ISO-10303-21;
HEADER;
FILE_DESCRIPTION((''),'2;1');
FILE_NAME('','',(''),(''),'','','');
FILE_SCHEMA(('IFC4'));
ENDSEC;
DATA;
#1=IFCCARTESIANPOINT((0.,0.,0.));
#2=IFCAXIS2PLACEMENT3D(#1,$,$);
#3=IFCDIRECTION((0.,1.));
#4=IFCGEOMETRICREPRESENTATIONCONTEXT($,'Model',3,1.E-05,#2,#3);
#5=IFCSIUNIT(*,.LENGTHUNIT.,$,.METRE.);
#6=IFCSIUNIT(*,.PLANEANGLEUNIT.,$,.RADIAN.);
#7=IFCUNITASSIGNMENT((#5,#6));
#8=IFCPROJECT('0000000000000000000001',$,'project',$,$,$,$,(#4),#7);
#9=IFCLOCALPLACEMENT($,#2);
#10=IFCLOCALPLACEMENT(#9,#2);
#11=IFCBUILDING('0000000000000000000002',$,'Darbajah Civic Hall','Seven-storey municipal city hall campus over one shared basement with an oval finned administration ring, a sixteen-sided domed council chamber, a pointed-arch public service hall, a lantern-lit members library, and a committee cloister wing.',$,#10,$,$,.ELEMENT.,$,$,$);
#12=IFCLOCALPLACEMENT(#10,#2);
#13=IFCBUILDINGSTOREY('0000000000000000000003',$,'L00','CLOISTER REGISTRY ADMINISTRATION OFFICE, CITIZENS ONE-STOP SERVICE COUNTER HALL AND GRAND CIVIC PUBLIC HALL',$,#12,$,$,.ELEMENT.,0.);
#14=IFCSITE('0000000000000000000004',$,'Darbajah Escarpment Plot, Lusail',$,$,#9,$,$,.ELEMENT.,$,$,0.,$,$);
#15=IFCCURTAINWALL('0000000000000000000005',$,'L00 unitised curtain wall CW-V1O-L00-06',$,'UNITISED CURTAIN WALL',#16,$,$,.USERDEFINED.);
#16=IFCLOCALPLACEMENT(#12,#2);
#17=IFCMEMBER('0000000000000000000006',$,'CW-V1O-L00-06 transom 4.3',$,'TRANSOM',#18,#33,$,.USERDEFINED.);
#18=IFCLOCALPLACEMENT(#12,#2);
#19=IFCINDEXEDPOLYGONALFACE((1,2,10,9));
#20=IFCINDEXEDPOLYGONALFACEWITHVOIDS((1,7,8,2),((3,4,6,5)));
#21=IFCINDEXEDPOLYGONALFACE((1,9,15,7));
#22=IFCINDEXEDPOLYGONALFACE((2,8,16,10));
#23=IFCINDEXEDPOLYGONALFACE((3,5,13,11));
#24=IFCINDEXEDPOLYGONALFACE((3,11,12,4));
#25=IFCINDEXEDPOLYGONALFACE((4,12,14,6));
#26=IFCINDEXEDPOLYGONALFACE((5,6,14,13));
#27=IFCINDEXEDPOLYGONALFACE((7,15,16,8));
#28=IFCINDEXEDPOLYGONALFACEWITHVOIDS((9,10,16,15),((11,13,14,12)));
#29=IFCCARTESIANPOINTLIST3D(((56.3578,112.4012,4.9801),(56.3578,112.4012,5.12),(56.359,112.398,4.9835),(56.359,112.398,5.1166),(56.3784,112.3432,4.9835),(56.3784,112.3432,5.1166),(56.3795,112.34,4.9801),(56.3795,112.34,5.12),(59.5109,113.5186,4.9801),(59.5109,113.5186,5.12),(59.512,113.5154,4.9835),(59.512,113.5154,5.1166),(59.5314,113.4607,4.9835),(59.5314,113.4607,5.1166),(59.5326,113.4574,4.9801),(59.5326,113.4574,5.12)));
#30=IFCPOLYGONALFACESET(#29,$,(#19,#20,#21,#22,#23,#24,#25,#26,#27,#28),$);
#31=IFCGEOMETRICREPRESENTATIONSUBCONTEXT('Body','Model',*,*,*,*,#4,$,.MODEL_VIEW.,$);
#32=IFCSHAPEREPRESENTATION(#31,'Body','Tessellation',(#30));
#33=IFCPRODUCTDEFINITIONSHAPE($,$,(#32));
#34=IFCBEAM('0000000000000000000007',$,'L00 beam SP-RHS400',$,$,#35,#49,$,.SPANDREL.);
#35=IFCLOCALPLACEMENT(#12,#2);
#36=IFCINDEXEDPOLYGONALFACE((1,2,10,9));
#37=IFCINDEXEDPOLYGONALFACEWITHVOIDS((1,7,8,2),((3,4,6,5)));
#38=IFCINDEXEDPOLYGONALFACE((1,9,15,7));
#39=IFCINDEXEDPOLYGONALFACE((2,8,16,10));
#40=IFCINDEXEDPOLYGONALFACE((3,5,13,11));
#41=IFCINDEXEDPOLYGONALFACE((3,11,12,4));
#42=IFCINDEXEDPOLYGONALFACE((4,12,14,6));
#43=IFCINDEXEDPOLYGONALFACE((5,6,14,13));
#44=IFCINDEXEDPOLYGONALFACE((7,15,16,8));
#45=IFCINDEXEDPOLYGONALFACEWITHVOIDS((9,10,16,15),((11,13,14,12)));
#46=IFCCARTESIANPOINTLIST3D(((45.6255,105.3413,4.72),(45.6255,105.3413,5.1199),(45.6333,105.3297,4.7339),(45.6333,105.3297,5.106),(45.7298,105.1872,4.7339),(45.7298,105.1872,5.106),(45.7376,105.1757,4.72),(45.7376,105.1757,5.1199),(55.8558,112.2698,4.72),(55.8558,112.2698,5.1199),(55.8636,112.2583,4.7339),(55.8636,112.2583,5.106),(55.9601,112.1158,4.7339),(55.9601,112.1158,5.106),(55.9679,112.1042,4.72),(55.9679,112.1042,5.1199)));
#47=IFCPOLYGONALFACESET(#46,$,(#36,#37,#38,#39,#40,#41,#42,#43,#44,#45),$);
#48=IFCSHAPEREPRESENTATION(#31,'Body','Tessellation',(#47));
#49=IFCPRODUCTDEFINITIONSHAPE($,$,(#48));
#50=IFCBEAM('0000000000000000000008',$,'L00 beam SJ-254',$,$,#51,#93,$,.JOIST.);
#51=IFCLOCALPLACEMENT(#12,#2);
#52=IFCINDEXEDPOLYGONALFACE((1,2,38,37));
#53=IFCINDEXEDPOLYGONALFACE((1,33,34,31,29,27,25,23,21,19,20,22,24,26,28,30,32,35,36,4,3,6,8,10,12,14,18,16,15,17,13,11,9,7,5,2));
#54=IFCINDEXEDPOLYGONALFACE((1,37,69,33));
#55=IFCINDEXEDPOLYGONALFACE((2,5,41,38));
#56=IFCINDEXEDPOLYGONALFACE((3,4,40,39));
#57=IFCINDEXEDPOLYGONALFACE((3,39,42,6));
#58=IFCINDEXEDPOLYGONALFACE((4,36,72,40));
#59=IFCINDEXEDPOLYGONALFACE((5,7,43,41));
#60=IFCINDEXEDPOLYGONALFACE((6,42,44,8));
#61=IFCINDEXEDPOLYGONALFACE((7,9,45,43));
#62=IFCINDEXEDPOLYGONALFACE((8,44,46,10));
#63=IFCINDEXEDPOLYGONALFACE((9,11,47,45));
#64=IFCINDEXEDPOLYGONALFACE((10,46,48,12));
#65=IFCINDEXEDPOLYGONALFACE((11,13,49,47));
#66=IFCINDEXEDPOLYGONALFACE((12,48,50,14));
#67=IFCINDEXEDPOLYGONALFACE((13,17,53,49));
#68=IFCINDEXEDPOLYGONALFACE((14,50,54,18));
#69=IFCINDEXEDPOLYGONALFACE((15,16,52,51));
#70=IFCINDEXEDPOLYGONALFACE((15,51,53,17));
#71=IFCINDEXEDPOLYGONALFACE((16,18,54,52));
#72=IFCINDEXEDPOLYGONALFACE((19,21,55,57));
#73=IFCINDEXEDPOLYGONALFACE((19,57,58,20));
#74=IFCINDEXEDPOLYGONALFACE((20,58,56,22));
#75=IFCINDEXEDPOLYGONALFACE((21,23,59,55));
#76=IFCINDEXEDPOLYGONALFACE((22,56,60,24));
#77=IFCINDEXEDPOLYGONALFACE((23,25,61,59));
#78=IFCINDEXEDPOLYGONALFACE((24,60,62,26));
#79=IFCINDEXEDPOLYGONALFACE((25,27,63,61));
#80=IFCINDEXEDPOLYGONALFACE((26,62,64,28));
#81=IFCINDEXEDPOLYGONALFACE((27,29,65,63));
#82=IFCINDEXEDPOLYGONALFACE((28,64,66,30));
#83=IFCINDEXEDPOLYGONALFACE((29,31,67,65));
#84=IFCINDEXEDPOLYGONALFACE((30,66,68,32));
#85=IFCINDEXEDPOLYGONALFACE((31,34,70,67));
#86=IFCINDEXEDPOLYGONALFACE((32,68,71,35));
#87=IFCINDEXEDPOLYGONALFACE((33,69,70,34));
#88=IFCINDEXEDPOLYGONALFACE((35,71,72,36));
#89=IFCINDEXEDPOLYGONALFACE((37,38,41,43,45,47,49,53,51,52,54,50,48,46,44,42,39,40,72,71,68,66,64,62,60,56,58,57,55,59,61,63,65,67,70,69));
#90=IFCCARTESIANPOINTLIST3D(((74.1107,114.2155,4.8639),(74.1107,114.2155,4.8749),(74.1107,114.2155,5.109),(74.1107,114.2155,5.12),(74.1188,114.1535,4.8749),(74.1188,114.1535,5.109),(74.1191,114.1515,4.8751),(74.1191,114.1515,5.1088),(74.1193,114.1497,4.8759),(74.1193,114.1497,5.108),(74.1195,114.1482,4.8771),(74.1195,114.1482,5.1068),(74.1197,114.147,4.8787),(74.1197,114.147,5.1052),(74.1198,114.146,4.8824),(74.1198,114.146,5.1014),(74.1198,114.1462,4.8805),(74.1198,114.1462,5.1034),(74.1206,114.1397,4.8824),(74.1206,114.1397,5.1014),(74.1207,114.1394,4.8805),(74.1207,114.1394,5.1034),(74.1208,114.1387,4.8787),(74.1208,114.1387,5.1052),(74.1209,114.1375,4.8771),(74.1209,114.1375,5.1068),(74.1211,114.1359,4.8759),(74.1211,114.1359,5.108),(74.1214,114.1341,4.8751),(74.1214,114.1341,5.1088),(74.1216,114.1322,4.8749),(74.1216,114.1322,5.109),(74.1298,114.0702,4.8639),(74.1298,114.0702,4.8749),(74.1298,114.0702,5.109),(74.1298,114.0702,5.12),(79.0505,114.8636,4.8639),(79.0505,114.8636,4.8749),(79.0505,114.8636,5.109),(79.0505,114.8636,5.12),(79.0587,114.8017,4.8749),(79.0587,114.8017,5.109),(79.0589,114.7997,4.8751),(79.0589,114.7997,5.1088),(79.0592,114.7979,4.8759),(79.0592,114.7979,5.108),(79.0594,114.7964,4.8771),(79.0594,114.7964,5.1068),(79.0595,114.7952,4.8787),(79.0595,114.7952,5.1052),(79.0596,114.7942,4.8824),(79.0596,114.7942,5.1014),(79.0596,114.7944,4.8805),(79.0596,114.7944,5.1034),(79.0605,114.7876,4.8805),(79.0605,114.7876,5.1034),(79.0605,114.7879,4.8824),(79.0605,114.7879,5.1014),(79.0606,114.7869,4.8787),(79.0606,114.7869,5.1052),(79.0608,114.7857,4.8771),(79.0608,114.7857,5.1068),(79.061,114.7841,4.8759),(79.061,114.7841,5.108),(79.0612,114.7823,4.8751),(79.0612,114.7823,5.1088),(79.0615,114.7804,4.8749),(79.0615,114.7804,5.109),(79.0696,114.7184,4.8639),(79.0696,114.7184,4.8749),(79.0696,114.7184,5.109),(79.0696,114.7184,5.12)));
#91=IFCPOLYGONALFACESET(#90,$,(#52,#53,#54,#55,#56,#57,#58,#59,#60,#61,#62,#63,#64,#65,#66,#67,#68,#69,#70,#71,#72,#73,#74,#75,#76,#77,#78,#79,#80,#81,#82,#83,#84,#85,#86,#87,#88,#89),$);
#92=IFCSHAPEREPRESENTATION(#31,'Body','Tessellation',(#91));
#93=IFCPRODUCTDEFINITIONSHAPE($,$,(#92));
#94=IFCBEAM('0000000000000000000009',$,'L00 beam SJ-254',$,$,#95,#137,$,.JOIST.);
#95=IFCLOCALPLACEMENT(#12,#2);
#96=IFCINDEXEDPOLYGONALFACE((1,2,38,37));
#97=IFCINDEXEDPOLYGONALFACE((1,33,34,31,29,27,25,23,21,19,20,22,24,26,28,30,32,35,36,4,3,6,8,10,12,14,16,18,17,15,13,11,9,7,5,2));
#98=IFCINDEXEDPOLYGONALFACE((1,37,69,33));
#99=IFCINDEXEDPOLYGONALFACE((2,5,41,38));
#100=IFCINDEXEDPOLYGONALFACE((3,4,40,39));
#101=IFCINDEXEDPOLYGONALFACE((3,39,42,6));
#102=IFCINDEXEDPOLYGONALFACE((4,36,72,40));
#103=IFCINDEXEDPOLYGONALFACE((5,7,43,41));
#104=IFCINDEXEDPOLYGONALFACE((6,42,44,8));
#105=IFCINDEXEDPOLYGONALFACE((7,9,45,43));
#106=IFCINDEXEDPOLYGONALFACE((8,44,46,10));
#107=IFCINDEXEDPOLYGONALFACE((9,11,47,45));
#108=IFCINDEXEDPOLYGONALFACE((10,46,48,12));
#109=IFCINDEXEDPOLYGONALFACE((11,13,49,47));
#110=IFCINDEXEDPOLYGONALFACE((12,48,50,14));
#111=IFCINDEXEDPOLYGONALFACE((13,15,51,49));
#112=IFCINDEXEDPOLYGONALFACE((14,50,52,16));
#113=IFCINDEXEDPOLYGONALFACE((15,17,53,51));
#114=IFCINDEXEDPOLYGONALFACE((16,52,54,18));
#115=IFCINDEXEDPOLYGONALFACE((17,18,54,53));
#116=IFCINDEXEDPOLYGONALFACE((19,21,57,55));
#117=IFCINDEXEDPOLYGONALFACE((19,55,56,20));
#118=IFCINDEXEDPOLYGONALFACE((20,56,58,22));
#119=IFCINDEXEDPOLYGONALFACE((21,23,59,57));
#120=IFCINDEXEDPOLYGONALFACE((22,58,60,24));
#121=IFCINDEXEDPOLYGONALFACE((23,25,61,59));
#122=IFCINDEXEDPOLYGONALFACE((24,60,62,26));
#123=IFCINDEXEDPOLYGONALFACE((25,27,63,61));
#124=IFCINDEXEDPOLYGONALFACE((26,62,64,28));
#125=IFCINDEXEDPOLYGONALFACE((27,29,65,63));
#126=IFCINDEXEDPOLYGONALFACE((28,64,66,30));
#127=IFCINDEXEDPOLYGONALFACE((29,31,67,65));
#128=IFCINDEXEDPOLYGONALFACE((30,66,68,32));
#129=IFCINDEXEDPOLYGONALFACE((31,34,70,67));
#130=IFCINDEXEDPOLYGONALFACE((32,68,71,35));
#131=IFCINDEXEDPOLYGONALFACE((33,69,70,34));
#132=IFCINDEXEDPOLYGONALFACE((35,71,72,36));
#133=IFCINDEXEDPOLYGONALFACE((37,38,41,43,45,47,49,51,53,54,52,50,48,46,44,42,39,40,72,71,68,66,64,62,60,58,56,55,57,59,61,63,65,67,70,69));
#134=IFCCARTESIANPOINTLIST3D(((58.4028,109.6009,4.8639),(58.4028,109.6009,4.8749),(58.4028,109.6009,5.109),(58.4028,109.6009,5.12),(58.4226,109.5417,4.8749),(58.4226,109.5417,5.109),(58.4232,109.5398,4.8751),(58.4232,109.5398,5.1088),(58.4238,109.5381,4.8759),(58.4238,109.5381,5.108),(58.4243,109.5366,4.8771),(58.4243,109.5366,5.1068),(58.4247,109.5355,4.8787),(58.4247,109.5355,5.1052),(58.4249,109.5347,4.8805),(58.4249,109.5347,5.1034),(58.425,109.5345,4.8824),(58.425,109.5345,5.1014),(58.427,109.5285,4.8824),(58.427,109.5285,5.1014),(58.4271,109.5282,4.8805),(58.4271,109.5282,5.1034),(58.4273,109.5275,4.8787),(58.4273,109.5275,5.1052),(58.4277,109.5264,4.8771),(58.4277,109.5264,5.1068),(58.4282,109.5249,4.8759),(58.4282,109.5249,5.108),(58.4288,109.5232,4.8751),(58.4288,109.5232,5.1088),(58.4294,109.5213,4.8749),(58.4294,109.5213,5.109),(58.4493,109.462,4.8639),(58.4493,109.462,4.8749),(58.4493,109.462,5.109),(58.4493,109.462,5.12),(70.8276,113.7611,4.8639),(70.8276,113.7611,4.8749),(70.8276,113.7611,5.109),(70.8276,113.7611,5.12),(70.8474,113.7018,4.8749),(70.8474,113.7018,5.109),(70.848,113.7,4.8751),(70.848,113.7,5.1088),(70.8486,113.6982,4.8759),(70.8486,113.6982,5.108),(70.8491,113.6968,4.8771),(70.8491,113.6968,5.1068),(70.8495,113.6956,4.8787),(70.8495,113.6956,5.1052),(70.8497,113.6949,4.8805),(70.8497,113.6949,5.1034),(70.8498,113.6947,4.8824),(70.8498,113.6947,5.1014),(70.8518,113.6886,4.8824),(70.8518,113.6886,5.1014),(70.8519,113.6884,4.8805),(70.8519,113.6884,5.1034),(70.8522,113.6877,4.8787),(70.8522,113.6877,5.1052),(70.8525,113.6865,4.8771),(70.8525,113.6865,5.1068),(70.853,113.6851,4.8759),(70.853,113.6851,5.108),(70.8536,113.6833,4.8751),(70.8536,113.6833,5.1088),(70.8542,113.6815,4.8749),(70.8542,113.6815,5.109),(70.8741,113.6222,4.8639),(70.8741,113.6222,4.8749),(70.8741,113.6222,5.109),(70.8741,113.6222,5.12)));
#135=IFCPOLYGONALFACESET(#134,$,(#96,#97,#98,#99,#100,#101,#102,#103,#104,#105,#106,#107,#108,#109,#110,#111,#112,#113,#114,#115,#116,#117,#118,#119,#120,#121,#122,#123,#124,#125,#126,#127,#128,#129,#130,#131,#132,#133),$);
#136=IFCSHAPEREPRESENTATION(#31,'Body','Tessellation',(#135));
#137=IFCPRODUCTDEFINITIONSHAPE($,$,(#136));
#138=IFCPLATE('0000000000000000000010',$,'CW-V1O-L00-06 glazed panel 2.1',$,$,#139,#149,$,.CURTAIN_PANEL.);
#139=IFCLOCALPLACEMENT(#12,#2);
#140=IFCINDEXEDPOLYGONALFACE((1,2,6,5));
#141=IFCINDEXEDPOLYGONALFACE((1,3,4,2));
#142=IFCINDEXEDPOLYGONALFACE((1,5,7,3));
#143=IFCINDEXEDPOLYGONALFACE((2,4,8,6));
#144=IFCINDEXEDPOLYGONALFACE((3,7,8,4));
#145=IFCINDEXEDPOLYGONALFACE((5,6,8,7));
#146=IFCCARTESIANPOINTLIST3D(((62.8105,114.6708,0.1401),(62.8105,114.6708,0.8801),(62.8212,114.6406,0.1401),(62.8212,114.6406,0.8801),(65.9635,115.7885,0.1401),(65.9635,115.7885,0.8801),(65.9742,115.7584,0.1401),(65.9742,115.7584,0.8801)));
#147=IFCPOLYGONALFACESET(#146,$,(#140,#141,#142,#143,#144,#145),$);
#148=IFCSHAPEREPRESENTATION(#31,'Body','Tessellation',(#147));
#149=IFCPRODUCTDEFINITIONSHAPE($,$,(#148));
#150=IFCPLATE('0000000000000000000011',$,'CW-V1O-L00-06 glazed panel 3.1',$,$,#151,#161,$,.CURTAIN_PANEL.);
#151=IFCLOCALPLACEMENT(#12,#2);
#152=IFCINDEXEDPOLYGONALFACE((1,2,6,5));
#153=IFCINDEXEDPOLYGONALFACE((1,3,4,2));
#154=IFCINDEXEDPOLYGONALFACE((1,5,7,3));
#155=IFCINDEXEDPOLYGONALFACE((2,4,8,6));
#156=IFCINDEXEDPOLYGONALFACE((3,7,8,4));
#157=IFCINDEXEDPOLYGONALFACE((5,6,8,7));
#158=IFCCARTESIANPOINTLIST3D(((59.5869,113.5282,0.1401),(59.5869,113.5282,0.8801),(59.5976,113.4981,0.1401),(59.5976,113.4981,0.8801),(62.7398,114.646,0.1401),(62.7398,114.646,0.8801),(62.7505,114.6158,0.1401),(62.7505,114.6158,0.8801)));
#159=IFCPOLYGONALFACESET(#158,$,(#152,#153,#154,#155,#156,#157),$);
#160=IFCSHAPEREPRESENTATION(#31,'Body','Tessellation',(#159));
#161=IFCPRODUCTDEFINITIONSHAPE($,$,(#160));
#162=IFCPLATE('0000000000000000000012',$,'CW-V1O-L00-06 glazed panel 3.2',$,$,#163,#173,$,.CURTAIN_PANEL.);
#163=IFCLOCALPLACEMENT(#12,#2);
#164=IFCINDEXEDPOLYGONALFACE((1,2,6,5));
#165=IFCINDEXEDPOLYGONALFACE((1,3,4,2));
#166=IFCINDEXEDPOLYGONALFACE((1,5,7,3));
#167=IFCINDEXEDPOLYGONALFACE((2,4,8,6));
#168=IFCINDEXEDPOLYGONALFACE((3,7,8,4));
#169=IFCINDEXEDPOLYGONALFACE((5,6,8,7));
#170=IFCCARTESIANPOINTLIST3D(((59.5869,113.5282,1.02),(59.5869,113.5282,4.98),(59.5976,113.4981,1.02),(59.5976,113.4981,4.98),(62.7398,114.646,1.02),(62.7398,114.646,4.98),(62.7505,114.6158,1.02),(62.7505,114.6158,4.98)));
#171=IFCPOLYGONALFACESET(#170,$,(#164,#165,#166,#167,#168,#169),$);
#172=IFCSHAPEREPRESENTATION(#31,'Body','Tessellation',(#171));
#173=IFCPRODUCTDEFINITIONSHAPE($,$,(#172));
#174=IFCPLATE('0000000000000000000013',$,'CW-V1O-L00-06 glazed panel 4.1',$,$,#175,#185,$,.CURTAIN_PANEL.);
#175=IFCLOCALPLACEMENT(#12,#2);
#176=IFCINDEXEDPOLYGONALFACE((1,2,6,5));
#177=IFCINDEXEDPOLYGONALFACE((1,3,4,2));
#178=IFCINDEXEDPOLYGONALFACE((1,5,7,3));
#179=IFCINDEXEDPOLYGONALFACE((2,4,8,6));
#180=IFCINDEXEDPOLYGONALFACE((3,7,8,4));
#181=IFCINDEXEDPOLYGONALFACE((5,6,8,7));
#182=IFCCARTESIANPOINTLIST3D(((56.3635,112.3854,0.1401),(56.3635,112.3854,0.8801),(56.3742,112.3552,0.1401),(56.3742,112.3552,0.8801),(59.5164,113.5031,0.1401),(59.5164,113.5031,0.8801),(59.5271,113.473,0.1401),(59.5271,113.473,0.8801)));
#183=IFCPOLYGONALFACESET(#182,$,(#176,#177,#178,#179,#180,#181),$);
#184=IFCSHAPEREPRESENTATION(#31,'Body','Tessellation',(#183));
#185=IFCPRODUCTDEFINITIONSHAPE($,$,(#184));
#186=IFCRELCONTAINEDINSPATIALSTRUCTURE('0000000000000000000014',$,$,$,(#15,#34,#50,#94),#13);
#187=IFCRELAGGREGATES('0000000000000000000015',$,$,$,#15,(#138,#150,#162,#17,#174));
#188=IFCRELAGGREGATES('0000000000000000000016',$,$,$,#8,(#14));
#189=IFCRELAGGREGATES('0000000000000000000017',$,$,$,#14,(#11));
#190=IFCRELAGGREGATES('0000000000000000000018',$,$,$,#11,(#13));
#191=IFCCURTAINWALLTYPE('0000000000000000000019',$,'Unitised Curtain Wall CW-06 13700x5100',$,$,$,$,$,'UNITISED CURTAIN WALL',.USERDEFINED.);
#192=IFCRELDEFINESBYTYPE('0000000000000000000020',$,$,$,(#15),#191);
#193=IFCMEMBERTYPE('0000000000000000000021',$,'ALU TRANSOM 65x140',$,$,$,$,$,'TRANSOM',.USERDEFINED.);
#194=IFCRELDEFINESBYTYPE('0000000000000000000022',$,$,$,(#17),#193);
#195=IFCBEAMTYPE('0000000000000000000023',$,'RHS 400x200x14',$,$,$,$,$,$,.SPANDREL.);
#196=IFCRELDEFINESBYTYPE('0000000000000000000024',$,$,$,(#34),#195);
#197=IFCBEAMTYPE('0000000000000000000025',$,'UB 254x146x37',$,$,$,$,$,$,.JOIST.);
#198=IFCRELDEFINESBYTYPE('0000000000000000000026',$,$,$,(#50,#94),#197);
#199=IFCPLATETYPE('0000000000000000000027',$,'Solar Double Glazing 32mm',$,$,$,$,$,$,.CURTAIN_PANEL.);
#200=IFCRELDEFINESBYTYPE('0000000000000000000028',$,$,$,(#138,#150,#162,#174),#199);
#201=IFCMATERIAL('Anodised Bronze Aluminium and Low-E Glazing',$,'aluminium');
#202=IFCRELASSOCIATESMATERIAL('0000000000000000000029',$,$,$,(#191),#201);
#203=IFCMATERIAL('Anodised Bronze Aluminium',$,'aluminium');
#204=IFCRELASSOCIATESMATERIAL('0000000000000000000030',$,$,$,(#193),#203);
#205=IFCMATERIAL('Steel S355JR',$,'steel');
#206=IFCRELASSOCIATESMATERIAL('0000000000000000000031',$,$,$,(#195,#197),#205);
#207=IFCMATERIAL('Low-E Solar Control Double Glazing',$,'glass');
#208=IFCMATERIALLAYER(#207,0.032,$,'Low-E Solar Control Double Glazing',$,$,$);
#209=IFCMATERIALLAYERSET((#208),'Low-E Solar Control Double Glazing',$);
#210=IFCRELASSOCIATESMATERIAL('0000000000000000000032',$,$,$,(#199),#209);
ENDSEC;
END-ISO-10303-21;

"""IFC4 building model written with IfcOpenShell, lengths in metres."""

from ifc_helpers import new_model, si_unit, direction, frame, origin, origin_2d, place, context, subcontext, project, spatial, rectangle, hollow_rectangle, i_section, extrude, material, layer, layer_set, material_profile, profile_set, type_object, element, aggregate, save


model = new_model("IFC4")

# Units and contexts
model_context = context("Model", 3, precision=1e-05, world=origin(), true_north=direction((0.0, 1.0)))
body_context = subcontext(model_context, "Body", "Model", "MODEL_VIEW")
ifc_project = project(units=[si_unit("LENGTHUNIT", "METRE"), si_unit("PLANEANGLEUNIT", "RADIAN")], contexts=[model_context])

# Site, building, storey
site_placement = place(None, origin())
site = spatial("IfcSite", under=ifc_project, at=site_placement, Name="Darbajah Escarpment Plot, Lusail", CompositionType="ELEMENT", RefElevation=0.0)
building_placement = place(site_placement, origin())
building = spatial("IfcBuilding", under=site, at=building_placement, Name="Darbajah Civic Hall", Description="Seven-storey municipal city hall campus over one shared basement with an oval finned administration ring, a sixteen-sided domed council chamber, a pointed-arch public service hall, a lantern-lit members library, and a committee cloister wing.", CompositionType="ELEMENT")
storey_placement = place(building_placement, origin())
storey = spatial("IfcBuildingStorey", under=building, at=storey_placement, Name="L00", Description="CLOISTER REGISTRY ADMINISTRATION OFFICE, CITIZENS ONE-STOP SERVICE COUNTER HALL AND GRAND CIVIC PUBLIC HALL", CompositionType="ELEMENT", Elevation=0.0)

# Shared definitions
ifc_material_1 = material(Name="Anodised Bronze Aluminium and Low-E Glazing", Category="aluminium")
ifc_material_2 = material(Name="Anodised Bronze Aluminium", Category="aluminium")

# Curtain wall, member
curtain_wall_type_1 = type_object("IfcCurtainWallType", Name="Unitised Curtain Wall CW-06 13700x5100", ElementType="UNITISED CURTAIN WALL", PredefinedType="USERDEFINED", material=ifc_material_1)
curtain_wall_1_placement = place(storey_placement, origin())
curtain_wall_1 = element("IfcCurtainWall", 1, at=curtain_wall_1_placement, inside=storey, type_object=curtain_wall_type_1, Name="L00 unitised curtain wall CW-V1O-L00-06", ObjectType="UNITISED CURTAIN WALL", PredefinedType="USERDEFINED")
ifc_material_profile_1 = material_profile(ifc_material_2, hollow_rectangle(XDim=0.0649, YDim=0.1399, WallThickness=0.0034, at=origin_2d()), Name="ALU TRANSOM 65x140")
ifc_profile_set_1 = profile_set([ifc_material_profile_1], Name="Anodised Bronze Aluminium")
member_type_1 = type_object("IfcMemberType", Name="ALU TRANSOM 65x140", ElementType="TRANSOM", PredefinedType="USERDEFINED", material=ifc_profile_set_1)
member_1_placement = place(storey_placement, frame((59.5217, 113.488, 5.05), z_axis=(-0.94256, -0.334038, 0.0), x_axis=(0.334038, -0.94256, 0.0)))
member_1 = element("IfcMember", 2, at=member_1_placement, type_object=member_type_1, Name="CW-V1O-L00-06 transom 4.3", ObjectType="TRANSOM", PredefinedType="USERDEFINED", context=body_context, shape_type="SweptSolid", body=[
    extrude(hollow_rectangle(XDim=0.0649, YDim=0.1399, WallThickness=0.0034, at=origin_2d()), origin(), (0.0, 0.0, 1.0), 3.3452),
])

# Beams
ifc_material_3 = material(Name="Steel S355JR", Category="steel")
ifc_material_profile_2 = material_profile(ifc_material_3, hollow_rectangle(XDim=0.2, YDim=0.3999, WallThickness=0.0139, at=origin_2d()), Name="RHS 400x200x14")
ifc_profile_set_2 = profile_set([ifc_material_profile_2], Name="Steel S355JR")
beam_type_1 = type_object("IfcBeamType", Name="RHS 400x200x14", PredefinedType="SPANDREL", material=ifc_profile_set_2)
beam_1_placement = place(storey_placement, frame((55.9119, 112.187, 4.9199), z_axis=(-0.827982, -0.560755, 0.0), x_axis=(0.560755, -0.827982, 0.0)))
element("IfcBeam", 3, at=beam_1_placement, inside=storey, type_object=beam_type_1, Name="L00 beam SP-RHS400", PredefinedType="SPANDREL", context=body_context, shape_type="SweptSolid", body=[
    extrude(hollow_rectangle(XDim=0.2, YDim=0.3999, WallThickness=0.0139, at=origin_2d()), origin(), (0.0, 0.0, 1.0), 12.3557),
])
ifc_material_profile_3 = material_profile(ifc_material_3, i_section(OverallWidth=0.1465, OverallDepth=0.2561, WebThickness=0.0063, FlangeThickness=0.011, FilletRadius=0.0076, at=origin_2d()), Name="UB 254x146x37")
ifc_profile_set_3 = profile_set([ifc_material_profile_3], Name="Steel S355JR")
beam_type_2 = type_object("IfcBeamType", Name="UB 254x146x37", PredefinedType="JOIST", material=ifc_profile_set_3)
beam_2_placement = place(storey_placement, frame((79.0601, 114.791, 4.9919), z_axis=(-0.991501, -0.1301, 0.0), x_axis=(0.1301, -0.991501, 0.0)))
element("IfcBeam", 4, at=beam_2_placement, inside=storey, type_object=beam_type_2, Name="L00 beam SJ-254", PredefinedType="JOIST", context=body_context, shape_type="SweptSolid", body=[
    extrude(i_section(OverallWidth=0.1465, OverallDepth=0.2561, WebThickness=0.0063, FlangeThickness=0.011, FilletRadius=0.0076, at=origin_2d()), origin(), (0.0, 0.0, 1.0), 4.9822),
])
beam_3_placement = place(storey_placement, frame((70.8508, 113.6917, 4.9919), z_axis=(-0.948258, -0.317502, 0.0), x_axis=(0.317502, -0.948258, 0.0)))
element("IfcBeam", 5, at=beam_3_placement, inside=storey, type_object=beam_type_2, Name="L00 beam SJ-254", PredefinedType="JOIST", context=body_context, shape_type="SweptSolid", body=[
    extrude(i_section(OverallWidth=0.1465, OverallDepth=0.2561, WebThickness=0.0063, FlangeThickness=0.011, FilletRadius=0.0076, at=origin_2d()), origin(), (0.0, 0.0, 1.0), 13.1028),
])

# Plates
ifc_material_4 = material(Name="Low-E Solar Control Double Glazing", Category="glass")
ifc_layer_1 = layer(ifc_material_4, 0.032, Name="Low-E Solar Control Double Glazing")
ifc_layer_set_1 = layer_set([ifc_layer_1], Name="Low-E Solar Control Double Glazing")
plate_type = type_object("IfcPlateType", Name="Solar Double Glazing 32mm", PredefinedType="CURTAIN_PANEL", material=ifc_layer_set_1)
plate_1_placement = place(storey_placement, frame((64.3923, 115.2146, 0.1401), z_axis=(0.0, 0.0, 1.0), x_axis=(-0.942525, -0.334136, 0.0)))
plate_1 = element("IfcPlate", 6, at=plate_1_placement, type_object=plate_type, Name="CW-V1O-L00-06 glazed panel 2.1", PredefinedType="CURTAIN_PANEL", context=body_context, shape_type="SweptSolid", body=[
    extrude(rectangle(XDim=3.3452, YDim=0.032, at=origin_2d()), origin(), (0.0, 0.0, 1.0), 0.74),
])
plate_2_placement = place(storey_placement, frame((61.1687, 114.072, 0.1401), z_axis=(0.0, 0.0, 1.0), x_axis=(-0.942525, -0.334136, 0.0)))
plate_2 = element("IfcPlate", 7, at=plate_2_placement, type_object=plate_type, Name="CW-V1O-L00-06 glazed panel 3.1", PredefinedType="CURTAIN_PANEL", context=body_context, shape_type="SweptSolid", body=[
    extrude(rectangle(XDim=3.3452, YDim=0.032, at=origin_2d()), origin(), (0.0, 0.0, 1.0), 0.74),
])
plate_3_placement = place(storey_placement, frame((61.1687, 114.072, 1.02), z_axis=(0.0, 0.0, 1.0), x_axis=(-0.942525, -0.334136, 0.0)))
plate_3 = element("IfcPlate", 8, at=plate_3_placement, type_object=plate_type, Name="CW-V1O-L00-06 glazed panel 3.2", PredefinedType="CURTAIN_PANEL", context=body_context, shape_type="SweptSolid", body=[
    extrude(rectangle(XDim=3.3452, YDim=0.032, at=origin_2d()), origin(), (0.0, 0.0, 1.0), 3.96),
])
plate_4_placement = place(storey_placement, frame((57.9453, 112.9292, 0.1401), z_axis=(0.0, 0.0, 1.0), x_axis=(-0.942525, -0.334136, 0.0)))
plate_4 = element("IfcPlate", 9, at=plate_4_placement, type_object=plate_type, Name="CW-V1O-L00-06 glazed panel 4.1", PredefinedType="CURTAIN_PANEL", context=body_context, shape_type="SweptSolid", body=[
    extrude(rectangle(XDim=3.3452, YDim=0.032, at=origin_2d()), origin(), (0.0, 0.0, 1.0), 0.74),
])
aggregate(curtain_wall_1, [plate_1, plate_2, plate_3, member_1, plate_4])

save(model, "model.ifc")
